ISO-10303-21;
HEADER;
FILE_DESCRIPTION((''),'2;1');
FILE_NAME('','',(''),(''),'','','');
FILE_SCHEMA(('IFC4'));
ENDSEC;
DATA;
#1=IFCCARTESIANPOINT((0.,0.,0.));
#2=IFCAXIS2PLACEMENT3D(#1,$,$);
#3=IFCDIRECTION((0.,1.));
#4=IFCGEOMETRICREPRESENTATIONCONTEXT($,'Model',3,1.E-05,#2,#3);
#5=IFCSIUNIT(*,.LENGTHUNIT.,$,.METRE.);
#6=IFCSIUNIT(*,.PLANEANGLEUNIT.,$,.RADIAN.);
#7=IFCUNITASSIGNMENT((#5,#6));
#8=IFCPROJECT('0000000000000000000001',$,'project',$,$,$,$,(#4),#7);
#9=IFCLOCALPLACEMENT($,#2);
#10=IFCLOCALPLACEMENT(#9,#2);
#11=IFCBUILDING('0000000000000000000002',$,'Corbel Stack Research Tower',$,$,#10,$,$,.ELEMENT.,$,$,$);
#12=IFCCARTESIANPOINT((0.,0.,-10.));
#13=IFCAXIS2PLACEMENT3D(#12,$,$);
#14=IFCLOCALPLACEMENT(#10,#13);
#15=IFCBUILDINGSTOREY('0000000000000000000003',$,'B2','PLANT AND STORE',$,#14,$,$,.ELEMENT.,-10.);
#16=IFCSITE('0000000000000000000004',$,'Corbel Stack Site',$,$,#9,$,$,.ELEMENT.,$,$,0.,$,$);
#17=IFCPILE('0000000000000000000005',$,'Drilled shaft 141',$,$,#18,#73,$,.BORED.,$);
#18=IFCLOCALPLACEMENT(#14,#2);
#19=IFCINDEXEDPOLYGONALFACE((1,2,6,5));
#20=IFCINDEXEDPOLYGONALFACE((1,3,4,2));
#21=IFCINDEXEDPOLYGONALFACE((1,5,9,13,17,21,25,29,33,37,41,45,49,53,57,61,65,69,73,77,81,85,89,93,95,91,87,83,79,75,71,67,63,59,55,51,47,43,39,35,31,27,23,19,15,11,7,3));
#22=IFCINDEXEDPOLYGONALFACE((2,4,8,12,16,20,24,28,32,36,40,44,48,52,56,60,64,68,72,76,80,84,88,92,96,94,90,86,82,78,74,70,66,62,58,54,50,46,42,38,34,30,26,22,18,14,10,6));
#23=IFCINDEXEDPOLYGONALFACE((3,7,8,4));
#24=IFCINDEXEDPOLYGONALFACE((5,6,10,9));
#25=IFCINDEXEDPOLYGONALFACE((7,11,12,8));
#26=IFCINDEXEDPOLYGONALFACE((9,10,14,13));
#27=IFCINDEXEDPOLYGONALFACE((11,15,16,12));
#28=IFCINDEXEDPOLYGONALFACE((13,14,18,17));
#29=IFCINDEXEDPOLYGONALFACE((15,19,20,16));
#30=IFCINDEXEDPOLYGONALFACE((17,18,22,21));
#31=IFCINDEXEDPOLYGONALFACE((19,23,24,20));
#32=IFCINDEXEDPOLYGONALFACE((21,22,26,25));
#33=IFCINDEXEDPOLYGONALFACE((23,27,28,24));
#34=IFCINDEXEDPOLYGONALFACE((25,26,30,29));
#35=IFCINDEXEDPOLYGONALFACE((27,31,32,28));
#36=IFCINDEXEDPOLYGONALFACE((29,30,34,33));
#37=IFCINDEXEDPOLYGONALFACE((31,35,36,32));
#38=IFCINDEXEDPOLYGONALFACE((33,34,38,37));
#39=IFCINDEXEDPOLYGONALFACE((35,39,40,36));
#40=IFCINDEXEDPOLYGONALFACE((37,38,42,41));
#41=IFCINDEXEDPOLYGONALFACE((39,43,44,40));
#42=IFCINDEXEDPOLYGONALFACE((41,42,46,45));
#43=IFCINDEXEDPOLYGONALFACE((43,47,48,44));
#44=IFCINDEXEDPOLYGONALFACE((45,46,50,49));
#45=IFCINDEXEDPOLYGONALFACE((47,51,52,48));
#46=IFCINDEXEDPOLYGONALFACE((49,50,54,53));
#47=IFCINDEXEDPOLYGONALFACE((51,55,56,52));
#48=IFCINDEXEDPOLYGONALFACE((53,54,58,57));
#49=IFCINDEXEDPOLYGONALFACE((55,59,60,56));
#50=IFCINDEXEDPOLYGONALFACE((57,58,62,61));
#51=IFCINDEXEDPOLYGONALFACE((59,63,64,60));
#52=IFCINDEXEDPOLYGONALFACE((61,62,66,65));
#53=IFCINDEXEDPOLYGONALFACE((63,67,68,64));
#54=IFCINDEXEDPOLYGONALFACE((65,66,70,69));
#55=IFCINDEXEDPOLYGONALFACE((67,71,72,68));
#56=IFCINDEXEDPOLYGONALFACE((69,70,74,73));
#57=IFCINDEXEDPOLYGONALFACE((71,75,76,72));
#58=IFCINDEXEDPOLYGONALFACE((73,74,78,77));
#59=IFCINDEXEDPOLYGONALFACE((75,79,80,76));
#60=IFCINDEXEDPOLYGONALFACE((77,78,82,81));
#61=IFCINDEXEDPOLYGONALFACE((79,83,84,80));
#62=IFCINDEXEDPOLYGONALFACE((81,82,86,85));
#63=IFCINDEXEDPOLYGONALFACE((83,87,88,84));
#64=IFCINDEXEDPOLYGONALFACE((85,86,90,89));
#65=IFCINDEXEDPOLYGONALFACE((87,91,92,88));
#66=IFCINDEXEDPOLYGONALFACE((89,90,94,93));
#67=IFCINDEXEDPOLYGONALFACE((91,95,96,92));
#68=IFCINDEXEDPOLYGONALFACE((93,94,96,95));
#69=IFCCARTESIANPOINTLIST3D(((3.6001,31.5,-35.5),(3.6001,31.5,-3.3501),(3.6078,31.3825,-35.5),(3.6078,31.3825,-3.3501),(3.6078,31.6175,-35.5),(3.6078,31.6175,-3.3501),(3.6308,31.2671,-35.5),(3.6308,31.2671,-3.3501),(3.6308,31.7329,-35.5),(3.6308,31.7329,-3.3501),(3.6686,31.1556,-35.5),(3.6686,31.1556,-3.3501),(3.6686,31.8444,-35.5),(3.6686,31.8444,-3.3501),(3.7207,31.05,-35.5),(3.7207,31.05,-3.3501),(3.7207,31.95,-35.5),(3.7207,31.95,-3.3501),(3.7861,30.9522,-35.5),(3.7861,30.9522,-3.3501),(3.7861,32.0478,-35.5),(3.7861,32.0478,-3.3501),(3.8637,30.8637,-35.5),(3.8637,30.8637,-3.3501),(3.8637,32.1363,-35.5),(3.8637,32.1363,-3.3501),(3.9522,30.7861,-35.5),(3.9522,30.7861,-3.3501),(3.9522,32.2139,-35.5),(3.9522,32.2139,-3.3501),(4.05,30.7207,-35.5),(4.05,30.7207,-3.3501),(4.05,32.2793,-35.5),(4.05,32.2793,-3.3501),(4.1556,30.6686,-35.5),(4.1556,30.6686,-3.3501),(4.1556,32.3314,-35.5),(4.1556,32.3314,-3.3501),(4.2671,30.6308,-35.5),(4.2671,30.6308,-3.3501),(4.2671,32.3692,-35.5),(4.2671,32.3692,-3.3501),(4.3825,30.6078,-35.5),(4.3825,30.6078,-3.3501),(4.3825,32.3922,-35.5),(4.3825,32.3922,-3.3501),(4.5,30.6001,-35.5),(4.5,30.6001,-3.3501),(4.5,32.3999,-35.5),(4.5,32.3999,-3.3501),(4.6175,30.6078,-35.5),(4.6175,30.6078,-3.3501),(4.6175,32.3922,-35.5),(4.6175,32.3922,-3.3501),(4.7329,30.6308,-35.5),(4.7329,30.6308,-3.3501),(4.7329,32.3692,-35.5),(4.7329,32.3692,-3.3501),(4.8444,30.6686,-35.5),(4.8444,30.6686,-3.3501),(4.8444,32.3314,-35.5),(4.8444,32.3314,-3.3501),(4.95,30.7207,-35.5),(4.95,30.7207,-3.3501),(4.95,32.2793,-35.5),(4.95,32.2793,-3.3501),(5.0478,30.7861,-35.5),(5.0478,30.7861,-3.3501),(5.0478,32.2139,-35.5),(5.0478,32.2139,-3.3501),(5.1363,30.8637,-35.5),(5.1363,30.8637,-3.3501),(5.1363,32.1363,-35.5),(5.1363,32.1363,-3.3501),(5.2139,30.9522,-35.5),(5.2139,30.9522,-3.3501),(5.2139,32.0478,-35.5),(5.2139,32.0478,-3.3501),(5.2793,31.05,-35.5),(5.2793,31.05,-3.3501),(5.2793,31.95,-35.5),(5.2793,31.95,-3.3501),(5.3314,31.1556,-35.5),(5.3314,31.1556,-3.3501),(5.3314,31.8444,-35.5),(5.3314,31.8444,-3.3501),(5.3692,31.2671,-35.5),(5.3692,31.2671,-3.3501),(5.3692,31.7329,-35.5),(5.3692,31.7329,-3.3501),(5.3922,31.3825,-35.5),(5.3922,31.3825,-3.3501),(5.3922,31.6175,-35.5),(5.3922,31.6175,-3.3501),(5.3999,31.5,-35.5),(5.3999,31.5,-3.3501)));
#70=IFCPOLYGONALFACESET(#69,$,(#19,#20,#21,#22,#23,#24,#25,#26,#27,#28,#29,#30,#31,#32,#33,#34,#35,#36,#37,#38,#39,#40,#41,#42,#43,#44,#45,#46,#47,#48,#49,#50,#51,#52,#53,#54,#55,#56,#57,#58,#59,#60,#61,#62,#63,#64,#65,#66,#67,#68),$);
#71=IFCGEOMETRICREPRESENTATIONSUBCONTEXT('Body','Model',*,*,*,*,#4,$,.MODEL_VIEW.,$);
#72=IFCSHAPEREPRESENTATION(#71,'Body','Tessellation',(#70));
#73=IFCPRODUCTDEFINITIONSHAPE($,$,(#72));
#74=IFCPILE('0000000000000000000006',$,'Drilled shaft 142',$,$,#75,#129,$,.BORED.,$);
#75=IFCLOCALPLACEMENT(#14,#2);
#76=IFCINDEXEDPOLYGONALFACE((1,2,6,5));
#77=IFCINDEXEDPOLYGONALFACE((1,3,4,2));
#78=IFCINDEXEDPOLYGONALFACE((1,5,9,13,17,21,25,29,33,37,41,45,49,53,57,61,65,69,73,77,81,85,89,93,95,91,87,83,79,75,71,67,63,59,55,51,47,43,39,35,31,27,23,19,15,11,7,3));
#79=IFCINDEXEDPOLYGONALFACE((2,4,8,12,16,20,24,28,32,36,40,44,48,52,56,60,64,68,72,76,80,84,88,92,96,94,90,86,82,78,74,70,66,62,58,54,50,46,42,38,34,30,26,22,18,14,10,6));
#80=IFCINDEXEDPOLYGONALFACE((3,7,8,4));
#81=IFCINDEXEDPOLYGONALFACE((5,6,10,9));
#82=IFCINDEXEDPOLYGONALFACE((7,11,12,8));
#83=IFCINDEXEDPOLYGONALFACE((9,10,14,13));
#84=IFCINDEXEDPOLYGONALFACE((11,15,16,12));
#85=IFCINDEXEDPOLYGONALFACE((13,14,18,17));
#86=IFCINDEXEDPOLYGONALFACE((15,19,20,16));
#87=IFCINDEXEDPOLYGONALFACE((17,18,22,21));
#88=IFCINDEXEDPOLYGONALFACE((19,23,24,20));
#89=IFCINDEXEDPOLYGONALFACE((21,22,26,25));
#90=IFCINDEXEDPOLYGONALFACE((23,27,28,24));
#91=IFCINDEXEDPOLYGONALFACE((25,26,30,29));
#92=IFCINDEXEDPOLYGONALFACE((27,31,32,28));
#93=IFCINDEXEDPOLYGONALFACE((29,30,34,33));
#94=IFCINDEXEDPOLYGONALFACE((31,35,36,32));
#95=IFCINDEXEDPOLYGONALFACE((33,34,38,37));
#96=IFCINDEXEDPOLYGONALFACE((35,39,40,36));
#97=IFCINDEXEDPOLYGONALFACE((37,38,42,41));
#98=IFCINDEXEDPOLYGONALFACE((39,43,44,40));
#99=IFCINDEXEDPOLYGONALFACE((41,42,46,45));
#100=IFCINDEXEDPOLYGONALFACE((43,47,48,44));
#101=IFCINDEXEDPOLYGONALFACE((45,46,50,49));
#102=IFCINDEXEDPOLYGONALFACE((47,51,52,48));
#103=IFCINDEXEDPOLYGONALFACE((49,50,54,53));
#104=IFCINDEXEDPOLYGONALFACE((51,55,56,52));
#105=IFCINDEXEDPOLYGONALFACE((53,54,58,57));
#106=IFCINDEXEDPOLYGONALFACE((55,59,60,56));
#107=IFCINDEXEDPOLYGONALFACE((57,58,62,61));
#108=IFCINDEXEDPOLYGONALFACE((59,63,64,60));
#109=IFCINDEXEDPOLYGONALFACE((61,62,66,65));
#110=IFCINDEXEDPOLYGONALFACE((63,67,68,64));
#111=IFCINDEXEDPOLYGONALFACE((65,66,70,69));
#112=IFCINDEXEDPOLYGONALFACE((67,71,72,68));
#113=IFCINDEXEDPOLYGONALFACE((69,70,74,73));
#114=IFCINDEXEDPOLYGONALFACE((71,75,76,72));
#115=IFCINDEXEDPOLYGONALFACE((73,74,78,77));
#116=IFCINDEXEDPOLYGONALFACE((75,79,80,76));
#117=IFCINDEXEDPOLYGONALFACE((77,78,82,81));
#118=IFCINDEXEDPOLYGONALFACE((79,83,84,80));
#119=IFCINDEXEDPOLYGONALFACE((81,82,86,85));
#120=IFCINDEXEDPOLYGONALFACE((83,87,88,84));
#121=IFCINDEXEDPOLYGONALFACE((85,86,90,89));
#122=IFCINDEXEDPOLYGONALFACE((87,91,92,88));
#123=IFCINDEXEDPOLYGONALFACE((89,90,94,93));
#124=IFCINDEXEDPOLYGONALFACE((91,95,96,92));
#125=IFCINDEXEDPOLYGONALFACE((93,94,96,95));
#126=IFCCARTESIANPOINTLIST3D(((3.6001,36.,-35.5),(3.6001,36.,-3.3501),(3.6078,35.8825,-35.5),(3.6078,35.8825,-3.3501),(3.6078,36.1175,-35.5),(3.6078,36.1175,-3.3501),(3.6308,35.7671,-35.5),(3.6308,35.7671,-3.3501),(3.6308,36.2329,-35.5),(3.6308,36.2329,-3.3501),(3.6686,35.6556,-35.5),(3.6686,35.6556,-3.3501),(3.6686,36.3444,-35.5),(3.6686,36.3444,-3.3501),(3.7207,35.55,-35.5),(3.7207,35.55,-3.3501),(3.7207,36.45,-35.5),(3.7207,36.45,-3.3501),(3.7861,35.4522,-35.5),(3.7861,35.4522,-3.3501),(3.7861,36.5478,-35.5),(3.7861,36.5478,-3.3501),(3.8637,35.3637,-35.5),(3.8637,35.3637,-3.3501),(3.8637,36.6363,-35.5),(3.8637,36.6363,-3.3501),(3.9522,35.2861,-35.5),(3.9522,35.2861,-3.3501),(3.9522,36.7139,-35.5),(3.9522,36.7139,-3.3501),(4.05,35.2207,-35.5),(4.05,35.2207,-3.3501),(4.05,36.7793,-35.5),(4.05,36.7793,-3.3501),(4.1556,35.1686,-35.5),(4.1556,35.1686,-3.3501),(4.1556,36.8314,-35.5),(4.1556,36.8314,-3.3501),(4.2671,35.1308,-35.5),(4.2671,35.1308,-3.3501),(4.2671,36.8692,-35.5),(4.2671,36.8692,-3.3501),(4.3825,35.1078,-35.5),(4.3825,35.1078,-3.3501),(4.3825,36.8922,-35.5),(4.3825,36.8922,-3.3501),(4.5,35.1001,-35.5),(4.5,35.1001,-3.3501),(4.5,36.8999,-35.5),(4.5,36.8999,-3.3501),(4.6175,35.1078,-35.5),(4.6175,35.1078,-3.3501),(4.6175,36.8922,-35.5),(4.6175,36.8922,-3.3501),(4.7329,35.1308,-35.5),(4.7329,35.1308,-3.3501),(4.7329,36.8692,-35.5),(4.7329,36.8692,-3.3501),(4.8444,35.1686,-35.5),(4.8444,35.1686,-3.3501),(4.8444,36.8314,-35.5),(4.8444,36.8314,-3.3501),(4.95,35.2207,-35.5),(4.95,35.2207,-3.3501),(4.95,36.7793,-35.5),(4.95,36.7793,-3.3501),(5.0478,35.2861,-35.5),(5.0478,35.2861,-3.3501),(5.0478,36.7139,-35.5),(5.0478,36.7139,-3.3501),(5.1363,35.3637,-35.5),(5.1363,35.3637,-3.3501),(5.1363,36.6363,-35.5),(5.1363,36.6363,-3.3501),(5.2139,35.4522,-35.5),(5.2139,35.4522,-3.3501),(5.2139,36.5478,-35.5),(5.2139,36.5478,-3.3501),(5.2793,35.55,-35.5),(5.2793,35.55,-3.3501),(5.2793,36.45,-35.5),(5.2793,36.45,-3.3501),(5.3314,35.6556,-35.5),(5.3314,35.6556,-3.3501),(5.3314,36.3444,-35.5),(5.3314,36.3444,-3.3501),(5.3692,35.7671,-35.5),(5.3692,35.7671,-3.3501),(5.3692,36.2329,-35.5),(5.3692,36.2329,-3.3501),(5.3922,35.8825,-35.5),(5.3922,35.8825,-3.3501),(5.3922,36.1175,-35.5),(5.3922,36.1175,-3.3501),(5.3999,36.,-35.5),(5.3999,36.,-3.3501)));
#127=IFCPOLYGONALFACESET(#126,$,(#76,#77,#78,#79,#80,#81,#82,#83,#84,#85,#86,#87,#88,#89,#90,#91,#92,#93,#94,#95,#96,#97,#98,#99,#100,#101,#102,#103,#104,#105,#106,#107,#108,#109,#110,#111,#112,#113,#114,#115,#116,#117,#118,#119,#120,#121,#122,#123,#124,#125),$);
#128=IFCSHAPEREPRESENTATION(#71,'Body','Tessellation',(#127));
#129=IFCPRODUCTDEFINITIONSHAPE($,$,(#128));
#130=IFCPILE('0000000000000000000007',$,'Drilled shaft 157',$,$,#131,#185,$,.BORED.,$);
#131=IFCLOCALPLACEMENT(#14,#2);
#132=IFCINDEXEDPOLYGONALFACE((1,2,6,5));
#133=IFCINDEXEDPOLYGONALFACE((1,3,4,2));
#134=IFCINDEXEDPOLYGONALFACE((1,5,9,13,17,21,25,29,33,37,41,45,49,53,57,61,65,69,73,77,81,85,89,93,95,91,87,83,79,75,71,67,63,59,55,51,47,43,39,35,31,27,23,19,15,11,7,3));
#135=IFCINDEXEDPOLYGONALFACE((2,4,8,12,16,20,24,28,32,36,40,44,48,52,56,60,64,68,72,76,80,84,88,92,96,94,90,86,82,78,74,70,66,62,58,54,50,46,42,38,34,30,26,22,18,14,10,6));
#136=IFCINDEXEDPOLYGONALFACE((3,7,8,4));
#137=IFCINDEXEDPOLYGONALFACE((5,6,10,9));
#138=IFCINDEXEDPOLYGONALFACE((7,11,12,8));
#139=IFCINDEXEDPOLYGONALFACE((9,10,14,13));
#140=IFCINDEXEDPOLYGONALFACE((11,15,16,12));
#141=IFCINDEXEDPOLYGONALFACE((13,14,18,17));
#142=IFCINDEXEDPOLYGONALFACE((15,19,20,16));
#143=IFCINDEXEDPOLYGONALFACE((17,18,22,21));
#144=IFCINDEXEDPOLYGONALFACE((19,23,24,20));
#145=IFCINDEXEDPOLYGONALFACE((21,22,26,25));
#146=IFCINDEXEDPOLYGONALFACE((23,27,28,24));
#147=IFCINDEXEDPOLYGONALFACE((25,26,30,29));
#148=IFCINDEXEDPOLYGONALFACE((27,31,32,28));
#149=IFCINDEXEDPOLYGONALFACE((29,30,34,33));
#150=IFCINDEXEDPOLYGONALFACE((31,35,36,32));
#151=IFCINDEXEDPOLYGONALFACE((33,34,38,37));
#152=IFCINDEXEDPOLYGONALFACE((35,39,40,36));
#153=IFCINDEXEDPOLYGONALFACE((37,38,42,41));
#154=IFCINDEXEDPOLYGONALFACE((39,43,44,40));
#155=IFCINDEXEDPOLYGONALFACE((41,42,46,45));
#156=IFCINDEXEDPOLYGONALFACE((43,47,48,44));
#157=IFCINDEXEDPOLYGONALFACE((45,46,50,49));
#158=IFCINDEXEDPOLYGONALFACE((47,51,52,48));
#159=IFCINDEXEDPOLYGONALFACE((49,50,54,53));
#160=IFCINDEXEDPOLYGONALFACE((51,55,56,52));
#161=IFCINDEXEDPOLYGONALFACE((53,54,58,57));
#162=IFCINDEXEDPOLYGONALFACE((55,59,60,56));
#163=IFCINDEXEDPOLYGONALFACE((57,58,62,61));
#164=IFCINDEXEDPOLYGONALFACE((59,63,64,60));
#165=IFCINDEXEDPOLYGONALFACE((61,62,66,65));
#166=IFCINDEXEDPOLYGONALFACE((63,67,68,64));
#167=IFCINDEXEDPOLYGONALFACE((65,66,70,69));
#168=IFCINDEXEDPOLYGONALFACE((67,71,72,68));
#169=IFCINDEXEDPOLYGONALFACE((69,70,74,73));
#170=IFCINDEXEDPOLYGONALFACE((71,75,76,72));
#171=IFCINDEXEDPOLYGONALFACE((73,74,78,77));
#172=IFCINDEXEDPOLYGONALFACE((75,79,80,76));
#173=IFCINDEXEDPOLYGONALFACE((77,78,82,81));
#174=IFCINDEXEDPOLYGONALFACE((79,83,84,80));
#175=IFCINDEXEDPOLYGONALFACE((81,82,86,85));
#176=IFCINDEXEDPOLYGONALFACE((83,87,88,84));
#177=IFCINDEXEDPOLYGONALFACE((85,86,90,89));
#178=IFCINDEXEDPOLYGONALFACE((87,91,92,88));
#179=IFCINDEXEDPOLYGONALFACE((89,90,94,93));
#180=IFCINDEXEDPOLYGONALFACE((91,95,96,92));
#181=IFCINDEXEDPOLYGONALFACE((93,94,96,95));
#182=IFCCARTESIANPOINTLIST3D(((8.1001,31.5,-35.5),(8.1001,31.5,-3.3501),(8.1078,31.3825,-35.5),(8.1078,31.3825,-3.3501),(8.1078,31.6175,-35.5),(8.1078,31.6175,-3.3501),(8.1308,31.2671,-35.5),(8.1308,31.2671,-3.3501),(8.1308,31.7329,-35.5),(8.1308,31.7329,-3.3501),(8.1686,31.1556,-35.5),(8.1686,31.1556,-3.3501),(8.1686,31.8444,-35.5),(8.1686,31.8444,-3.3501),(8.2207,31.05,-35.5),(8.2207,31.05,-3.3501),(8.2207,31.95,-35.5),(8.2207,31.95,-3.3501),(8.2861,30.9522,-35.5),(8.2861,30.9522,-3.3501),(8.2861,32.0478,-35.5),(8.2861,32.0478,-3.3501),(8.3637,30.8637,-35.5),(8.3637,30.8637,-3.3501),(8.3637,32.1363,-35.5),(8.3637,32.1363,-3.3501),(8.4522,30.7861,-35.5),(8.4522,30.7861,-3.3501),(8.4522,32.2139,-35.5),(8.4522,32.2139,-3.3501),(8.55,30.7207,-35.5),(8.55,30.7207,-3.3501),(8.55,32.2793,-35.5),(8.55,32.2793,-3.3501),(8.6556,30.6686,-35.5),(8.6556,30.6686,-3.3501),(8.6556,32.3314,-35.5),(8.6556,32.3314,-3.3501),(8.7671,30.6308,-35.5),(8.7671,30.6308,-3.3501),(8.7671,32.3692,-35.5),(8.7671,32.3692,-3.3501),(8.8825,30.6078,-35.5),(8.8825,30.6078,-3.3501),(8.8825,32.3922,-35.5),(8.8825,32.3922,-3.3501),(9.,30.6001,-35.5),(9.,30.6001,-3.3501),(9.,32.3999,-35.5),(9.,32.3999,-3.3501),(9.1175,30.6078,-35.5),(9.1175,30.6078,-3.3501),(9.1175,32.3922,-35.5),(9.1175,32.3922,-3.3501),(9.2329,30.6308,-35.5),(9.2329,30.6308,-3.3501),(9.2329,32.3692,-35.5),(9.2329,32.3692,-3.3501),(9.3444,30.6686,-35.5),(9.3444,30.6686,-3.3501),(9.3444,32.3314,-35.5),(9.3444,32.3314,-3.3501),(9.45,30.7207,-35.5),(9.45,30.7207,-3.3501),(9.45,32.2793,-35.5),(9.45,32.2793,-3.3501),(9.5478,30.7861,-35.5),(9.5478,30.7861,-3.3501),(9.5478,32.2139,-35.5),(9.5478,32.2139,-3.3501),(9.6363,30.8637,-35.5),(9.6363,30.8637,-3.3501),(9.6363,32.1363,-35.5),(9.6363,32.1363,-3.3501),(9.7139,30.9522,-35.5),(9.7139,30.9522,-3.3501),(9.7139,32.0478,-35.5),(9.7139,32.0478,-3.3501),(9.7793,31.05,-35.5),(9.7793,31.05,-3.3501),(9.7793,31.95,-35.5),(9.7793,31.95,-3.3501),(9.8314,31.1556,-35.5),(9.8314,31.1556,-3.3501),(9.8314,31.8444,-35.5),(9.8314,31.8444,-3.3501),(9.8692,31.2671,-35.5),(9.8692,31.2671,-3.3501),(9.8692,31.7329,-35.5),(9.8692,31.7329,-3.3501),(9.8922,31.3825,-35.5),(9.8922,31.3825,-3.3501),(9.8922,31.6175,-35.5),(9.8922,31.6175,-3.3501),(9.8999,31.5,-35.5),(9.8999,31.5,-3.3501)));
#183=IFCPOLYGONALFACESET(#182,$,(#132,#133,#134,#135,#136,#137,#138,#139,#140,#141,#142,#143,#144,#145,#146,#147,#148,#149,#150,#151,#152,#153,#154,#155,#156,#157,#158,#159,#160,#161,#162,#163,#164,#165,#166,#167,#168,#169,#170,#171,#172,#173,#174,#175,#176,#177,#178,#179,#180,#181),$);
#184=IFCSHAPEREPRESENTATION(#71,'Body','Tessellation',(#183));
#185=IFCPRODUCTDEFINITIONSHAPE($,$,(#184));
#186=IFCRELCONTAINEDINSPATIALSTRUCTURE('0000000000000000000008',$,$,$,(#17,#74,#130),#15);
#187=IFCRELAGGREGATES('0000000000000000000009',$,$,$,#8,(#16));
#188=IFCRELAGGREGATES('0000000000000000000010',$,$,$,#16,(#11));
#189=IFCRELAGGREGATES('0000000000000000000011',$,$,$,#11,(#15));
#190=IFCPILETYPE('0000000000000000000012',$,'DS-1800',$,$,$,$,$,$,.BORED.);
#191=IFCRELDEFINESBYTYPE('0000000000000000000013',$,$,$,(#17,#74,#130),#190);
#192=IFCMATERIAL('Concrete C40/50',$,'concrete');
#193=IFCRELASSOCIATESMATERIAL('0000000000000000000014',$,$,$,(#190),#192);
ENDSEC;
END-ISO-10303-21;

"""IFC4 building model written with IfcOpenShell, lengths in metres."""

from ifc_helpers import new_model, si_unit, direction, frame, origin, origin_2d, place, context, subcontext, project, spatial, circle, extrude, material, material_profile, profile_set, type_object, element, save


model = new_model("IFC4")

# Units and contexts
model_context = context("Model", 3, precision=1e-05, world=origin(), true_north=direction((0.0, 1.0)))
body_context = subcontext(model_context, "Body", "Model", "MODEL_VIEW")
ifc_project = project(units=[si_unit("LENGTHUNIT", "METRE"), si_unit("PLANEANGLEUNIT", "RADIAN")], contexts=[model_context])

# Site, building, storey
site_placement = place(None, origin())
site = spatial("IfcSite", under=ifc_project, at=site_placement, Name="Corbel Stack Site", CompositionType="ELEMENT", RefElevation=0.0)
building_placement = place(site_placement, origin())
building = spatial("IfcBuilding", under=site, at=building_placement, Name="Corbel Stack Research Tower", CompositionType="ELEMENT")
storey_placement = place(building_placement, frame((0.0, 0.0, -10.0)))
storey = spatial("IfcBuildingStorey", under=building, at=storey_placement, Name="B2", Description="PLANT AND STORE", CompositionType="ELEMENT", Elevation=-10.0)

# Piles
ifc_material_1 = material(Name="Concrete C40/50", Category="concrete")
ifc_material_profile_1 = material_profile(ifc_material_1, circle(Radius=0.8999, at=origin_2d()), Name="Shaft 1800")
ifc_profile_set_1 = profile_set([ifc_material_profile_1], Name="Concrete C40/50")
pile_type = type_object("IfcPileType", Name="DS-1800", PredefinedType="BORED", material=ifc_profile_set_1)
for number, where, z_axis, x_axis, name in (
    (1, (4.5, 31.5, -3.3501), (0.0, 0.0, -1.0), (1.0, 0.0, 0.0), "Drilled shaft 141"),
    (2, (4.5, 36.0, -3.3501), (0.0, 0.0, -1.0), (1.0, 0.0, 0.0), "Drilled shaft 142"),
    (3, (9.0, 31.5, -3.3501), (0.0, 0.0, -1.0), (1.0, 0.0, 0.0), "Drilled shaft 157"),
):
    element("IfcPile", number, at=place(storey_placement, frame(where, z_axis=z_axis, x_axis=x_axis)), inside=storey, type_object=pile_type, Name=name, PredefinedType="BORED", context=body_context, shape_type="SweptSolid", body=[
        extrude(circle(Radius=0.8999, at=origin_2d()), origin(), (0.0, 0.0, 1.0), 32.1499),
    ])

save(model, "model.ifc")
